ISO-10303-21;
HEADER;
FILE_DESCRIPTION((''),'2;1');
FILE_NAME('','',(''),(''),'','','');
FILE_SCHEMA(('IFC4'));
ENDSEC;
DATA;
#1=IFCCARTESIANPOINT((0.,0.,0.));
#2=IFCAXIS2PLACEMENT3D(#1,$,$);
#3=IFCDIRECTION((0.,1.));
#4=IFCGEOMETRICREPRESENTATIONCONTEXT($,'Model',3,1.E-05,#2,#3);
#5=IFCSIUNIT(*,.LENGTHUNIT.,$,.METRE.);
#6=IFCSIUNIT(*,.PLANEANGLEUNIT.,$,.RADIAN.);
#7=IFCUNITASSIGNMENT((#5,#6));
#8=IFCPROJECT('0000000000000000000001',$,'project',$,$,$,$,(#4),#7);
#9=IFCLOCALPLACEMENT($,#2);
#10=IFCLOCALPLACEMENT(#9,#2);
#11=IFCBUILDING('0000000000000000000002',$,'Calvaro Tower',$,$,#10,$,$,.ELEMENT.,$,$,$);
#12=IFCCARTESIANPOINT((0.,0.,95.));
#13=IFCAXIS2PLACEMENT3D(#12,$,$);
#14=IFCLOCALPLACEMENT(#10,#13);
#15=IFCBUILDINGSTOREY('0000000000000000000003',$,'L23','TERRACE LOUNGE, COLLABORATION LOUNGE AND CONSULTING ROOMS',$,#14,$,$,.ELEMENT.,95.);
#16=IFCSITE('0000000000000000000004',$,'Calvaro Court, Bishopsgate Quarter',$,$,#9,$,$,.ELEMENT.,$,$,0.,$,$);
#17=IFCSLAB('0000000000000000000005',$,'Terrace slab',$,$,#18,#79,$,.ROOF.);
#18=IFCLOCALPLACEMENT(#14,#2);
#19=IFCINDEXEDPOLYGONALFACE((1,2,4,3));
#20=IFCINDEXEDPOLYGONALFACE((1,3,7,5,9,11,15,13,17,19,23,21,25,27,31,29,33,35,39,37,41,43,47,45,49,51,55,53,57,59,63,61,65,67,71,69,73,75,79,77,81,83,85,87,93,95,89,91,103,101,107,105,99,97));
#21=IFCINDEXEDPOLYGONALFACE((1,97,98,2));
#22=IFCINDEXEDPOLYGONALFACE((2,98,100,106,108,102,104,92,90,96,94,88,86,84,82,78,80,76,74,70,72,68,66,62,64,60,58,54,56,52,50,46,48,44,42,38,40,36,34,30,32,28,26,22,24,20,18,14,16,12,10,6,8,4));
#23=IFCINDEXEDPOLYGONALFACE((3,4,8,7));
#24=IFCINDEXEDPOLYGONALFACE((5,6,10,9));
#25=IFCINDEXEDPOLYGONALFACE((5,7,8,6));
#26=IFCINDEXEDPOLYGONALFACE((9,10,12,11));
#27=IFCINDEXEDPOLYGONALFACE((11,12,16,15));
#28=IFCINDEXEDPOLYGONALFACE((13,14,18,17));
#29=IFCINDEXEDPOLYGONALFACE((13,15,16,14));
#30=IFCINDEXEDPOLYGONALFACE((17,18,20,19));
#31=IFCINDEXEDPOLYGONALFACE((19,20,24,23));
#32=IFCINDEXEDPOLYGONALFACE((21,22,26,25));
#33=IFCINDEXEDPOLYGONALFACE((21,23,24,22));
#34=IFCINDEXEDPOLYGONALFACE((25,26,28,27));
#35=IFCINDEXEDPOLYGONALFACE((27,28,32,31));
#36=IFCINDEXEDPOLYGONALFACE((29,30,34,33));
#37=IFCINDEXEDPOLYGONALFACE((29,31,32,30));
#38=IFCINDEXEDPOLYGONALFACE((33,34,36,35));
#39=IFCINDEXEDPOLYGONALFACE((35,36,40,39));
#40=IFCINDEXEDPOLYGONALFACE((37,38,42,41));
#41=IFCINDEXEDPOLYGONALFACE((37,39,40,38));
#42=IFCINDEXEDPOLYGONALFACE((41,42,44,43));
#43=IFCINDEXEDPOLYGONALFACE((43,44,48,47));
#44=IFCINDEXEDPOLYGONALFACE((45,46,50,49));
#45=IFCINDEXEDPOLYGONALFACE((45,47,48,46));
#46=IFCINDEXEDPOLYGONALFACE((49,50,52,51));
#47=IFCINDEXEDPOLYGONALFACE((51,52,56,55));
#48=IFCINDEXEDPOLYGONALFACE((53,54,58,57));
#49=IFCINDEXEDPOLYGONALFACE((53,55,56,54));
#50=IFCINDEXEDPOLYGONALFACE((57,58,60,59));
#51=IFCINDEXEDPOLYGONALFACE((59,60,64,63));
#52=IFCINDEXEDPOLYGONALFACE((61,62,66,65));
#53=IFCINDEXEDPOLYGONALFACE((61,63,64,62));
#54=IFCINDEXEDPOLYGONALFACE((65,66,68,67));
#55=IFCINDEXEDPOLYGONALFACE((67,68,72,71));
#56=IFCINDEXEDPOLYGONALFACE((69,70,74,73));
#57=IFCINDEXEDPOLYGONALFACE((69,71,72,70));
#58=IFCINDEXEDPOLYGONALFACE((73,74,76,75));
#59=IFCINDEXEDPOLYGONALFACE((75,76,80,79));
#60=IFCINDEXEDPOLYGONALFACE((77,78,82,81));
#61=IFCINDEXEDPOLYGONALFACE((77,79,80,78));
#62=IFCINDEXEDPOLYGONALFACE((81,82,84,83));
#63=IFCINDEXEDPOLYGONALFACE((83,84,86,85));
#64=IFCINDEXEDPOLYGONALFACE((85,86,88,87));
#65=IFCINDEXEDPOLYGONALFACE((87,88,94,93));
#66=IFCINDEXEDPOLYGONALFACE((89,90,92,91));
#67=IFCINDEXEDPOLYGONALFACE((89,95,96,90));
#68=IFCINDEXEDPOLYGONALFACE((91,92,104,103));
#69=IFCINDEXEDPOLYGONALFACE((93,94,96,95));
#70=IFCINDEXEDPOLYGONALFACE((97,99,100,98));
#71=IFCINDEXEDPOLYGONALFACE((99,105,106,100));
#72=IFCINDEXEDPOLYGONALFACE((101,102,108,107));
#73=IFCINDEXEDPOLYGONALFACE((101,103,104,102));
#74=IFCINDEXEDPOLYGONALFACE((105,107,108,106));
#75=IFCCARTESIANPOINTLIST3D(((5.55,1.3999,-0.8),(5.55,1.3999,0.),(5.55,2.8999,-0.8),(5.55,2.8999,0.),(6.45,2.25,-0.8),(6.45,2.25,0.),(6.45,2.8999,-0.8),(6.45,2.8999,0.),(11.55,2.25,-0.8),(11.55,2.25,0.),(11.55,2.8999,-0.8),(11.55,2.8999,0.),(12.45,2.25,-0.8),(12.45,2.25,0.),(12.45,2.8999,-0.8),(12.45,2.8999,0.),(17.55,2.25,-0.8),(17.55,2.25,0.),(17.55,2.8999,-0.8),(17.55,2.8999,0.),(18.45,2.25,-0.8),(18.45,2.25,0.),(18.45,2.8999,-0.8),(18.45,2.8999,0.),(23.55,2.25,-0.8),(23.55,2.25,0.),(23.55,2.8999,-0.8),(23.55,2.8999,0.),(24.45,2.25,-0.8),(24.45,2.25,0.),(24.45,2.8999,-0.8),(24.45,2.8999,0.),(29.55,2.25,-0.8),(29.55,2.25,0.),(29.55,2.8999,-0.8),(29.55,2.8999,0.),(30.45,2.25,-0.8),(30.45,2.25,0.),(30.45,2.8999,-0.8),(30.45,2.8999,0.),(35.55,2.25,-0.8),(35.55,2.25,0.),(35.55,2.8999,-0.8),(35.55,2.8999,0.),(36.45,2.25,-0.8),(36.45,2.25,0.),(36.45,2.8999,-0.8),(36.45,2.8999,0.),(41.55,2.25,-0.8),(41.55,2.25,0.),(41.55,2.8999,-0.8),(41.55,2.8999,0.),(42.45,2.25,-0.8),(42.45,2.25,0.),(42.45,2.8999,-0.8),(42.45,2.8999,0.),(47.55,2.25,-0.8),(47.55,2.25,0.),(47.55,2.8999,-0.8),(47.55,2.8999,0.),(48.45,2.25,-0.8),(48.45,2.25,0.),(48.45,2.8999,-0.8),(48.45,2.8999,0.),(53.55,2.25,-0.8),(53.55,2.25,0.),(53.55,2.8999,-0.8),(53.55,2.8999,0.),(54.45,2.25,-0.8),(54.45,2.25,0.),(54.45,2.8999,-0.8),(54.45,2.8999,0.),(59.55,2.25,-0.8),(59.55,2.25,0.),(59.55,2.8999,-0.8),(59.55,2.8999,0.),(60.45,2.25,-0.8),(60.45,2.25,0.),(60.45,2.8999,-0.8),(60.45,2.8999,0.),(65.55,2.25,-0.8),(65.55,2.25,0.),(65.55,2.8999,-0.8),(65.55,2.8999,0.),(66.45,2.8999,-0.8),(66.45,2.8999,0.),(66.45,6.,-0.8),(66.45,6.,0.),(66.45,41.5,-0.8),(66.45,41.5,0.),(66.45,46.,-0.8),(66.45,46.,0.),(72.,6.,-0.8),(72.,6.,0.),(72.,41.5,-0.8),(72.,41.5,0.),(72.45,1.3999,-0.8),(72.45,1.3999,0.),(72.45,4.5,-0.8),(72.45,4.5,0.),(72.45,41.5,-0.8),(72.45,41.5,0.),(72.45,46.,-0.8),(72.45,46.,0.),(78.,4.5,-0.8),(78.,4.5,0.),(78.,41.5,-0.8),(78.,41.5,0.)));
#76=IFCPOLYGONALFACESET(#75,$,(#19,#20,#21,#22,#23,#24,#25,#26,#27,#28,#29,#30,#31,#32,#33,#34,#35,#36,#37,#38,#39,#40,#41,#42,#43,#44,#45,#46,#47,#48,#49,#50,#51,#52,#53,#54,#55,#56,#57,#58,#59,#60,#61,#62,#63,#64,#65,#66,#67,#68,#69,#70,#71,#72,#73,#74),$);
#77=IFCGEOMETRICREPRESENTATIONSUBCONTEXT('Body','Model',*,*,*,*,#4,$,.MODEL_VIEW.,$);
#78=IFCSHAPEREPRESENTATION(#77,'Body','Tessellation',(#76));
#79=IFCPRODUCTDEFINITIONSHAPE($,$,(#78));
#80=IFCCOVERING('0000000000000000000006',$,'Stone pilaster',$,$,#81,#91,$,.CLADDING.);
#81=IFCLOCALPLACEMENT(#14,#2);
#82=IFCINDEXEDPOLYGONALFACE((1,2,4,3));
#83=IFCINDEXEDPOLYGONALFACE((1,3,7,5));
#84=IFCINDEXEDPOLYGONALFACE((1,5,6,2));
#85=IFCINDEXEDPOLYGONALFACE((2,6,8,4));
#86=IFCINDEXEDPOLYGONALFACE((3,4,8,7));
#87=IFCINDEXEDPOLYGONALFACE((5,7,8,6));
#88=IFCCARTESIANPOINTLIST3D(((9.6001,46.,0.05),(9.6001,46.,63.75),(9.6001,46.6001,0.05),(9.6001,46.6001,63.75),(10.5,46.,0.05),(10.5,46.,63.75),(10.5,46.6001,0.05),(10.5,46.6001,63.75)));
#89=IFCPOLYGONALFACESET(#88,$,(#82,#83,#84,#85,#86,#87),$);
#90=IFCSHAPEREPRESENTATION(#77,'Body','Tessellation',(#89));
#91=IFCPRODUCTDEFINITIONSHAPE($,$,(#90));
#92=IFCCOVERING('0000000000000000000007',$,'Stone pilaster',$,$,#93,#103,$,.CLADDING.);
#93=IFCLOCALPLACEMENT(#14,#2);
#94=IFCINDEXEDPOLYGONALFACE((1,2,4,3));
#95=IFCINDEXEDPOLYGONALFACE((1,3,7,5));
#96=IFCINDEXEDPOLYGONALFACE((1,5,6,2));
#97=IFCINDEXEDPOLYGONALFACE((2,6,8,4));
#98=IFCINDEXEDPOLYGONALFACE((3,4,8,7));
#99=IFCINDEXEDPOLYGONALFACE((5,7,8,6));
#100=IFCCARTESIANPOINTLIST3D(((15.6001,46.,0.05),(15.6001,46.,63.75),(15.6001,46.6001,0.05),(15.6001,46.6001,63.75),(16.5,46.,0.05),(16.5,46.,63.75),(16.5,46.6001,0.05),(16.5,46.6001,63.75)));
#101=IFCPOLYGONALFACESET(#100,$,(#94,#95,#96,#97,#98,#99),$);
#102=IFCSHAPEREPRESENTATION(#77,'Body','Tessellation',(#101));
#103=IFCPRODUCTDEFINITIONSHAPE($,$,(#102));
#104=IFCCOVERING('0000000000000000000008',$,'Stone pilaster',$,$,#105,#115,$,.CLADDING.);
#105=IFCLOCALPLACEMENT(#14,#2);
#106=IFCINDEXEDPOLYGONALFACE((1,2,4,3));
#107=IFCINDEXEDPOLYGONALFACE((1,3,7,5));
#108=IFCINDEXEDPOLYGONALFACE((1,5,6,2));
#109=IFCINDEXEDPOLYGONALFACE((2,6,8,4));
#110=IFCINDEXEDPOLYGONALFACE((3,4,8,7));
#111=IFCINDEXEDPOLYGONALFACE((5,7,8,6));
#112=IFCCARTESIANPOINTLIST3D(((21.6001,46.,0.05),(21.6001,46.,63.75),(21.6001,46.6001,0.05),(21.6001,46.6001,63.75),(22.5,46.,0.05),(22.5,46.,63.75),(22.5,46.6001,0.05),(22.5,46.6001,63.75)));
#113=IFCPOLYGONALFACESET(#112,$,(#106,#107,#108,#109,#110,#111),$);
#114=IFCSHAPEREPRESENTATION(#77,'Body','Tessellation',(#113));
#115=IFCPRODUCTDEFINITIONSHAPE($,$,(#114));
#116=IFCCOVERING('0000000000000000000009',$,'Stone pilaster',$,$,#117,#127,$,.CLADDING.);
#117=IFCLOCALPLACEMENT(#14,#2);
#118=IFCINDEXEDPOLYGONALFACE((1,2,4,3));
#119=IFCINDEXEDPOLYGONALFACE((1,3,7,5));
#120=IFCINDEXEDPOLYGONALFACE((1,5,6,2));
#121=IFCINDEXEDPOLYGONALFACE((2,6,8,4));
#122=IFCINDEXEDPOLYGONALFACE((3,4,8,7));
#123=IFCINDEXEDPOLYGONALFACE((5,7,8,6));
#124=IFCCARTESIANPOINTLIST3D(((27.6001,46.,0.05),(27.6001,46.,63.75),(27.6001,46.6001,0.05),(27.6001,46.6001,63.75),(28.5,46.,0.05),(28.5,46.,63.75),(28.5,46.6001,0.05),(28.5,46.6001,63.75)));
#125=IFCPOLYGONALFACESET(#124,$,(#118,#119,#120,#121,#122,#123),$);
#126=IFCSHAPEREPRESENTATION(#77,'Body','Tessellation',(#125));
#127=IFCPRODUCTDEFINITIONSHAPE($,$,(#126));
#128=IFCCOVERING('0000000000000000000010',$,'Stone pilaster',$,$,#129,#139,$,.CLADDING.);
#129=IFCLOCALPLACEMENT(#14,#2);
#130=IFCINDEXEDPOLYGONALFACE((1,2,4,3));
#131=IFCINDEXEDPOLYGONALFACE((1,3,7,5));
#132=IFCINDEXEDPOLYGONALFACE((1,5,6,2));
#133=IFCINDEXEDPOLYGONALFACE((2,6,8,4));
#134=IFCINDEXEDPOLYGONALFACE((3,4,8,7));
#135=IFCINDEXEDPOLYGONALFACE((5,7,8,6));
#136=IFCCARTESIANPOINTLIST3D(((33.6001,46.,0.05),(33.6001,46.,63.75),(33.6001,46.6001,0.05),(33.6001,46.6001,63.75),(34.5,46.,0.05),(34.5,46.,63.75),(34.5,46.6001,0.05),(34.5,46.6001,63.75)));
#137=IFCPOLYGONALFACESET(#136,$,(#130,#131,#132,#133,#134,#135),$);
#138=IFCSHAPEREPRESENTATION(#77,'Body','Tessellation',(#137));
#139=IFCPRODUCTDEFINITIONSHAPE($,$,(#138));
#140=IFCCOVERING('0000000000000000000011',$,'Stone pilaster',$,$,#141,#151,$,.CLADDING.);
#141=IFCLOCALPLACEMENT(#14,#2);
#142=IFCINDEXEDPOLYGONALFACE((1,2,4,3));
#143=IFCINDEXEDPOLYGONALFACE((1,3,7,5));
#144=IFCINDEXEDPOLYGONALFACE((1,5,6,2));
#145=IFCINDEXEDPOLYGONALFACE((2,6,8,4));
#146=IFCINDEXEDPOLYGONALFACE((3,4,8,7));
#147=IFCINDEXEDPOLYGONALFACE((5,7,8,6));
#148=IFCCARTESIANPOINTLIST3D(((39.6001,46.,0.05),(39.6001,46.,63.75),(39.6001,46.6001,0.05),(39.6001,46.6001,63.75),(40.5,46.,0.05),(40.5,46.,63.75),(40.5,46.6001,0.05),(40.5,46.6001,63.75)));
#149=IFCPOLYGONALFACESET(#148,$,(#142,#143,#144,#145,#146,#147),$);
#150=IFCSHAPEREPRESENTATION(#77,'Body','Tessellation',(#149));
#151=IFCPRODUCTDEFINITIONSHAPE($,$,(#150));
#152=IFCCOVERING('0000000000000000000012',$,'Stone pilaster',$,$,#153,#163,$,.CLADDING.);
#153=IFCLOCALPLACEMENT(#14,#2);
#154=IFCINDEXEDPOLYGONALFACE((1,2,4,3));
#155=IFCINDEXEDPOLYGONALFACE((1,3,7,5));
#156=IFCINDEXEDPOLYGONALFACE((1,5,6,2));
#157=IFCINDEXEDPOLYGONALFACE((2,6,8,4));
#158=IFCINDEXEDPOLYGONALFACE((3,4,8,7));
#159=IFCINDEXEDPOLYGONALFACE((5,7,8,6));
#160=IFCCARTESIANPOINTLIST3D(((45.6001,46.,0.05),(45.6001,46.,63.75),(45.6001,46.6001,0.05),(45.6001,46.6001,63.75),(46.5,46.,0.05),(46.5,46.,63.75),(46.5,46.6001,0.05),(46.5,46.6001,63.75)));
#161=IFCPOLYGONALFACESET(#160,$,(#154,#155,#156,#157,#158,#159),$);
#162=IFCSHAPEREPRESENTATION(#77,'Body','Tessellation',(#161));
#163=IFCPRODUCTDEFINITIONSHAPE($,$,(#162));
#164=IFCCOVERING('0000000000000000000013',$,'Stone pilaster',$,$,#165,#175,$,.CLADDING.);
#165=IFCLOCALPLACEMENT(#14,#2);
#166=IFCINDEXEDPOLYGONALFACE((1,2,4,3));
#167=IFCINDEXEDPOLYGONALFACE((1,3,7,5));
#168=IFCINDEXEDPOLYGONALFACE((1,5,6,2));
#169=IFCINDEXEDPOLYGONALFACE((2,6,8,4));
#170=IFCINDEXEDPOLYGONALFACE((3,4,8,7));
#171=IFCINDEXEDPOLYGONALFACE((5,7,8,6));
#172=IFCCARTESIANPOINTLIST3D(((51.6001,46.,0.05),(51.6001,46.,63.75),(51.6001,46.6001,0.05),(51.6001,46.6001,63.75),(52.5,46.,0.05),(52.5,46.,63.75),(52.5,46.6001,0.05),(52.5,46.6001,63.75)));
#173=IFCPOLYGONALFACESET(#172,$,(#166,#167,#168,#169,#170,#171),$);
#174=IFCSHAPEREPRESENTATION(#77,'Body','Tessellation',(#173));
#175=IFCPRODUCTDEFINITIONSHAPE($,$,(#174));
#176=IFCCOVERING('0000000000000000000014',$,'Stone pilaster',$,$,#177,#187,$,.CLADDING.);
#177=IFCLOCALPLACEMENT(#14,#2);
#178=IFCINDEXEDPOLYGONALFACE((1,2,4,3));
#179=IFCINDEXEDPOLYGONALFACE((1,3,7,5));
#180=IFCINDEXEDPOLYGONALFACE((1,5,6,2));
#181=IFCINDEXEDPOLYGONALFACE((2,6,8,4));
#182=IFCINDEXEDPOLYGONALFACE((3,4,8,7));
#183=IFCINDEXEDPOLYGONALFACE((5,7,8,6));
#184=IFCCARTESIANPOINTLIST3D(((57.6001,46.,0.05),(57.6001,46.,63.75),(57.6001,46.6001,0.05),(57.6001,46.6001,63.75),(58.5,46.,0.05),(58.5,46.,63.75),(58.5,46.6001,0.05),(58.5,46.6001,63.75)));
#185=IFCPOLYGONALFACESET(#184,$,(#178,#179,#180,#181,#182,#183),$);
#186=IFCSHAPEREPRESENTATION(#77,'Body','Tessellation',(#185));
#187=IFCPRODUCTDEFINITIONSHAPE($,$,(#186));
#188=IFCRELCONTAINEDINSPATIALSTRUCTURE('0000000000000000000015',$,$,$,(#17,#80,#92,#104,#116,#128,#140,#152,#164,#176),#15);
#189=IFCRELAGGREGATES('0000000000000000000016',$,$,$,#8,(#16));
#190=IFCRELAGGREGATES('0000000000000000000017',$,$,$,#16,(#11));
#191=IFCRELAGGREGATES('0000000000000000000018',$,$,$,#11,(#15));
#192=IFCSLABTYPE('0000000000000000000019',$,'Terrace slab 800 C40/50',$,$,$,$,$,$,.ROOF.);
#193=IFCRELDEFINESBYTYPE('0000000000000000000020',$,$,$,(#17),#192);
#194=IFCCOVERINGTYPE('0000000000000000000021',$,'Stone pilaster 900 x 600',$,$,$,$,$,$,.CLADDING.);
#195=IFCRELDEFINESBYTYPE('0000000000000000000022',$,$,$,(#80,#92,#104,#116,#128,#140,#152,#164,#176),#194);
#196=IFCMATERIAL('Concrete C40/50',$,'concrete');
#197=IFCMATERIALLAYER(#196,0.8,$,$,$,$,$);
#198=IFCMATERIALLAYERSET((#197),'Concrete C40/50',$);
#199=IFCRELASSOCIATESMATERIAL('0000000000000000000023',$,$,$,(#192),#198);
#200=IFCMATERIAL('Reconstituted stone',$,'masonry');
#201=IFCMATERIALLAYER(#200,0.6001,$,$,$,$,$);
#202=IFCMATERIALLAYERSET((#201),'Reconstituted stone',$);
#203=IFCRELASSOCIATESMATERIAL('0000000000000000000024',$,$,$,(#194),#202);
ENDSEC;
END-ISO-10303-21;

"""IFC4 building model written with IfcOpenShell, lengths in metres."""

from ifc_helpers import new_model, si_unit, direction, frame, origin, place, context, subcontext, project, spatial, polyline, outline, extrude, material, layer, layer_set, type_object, element, save


model = new_model("IFC4")

# Units and contexts
model_context = context("Model", 3, precision=1e-05, world=origin(), true_north=direction((0.0, 1.0)))
body_context = subcontext(model_context, "Body", "Model", "MODEL_VIEW")
ifc_project = project(units=[si_unit("LENGTHUNIT", "METRE"), si_unit("PLANEANGLEUNIT", "RADIAN")], contexts=[model_context])

# Site, building, storey
site_placement = place(None, origin())
site = spatial("IfcSite", under=ifc_project, at=site_placement, Name="Calvaro Court, Bishopsgate Quarter", CompositionType="ELEMENT", RefElevation=0.0)
building_placement = place(site_placement, origin())
building = spatial("IfcBuilding", under=site, at=building_placement, Name="Calvaro Tower", CompositionType="ELEMENT")
storey_placement = place(building_placement, frame((0.0, 0.0, 95.0)))
storey = spatial("IfcBuildingStorey", under=building, at=storey_placement, Name="L23", Description="TERRACE LOUNGE, COLLABORATION LOUNGE AND CONSULTING ROOMS", CompositionType="ELEMENT", Elevation=95.0)

# Slab
ifc_material_1 = material(Name="Concrete C40/50", Category="concrete")
ifc_layer_1 = layer(ifc_material_1, 0.8)
ifc_layer_set_1 = layer_set([ifc_layer_1], Name="Concrete C40/50")
slab_type_1 = type_object("IfcSlabType", Name="Terrace slab 800 C40/50", PredefinedType="ROOF", material=ifc_layer_set_1)
slab_1_placement = place(storey_placement, frame((0.0, 0.0, -0.8)))
element("IfcSlab", 1, at=slab_1_placement, inside=storey, type_object=slab_type_1, Name="Terrace slab", PredefinedType="ROOF", context=body_context, shape_type="SweptSolid", body=[
    extrude(outline(polyline([(5.55, 1.3999), (5.55, 2.8999), (6.45, 2.8999), (6.45, 2.25), (11.55, 2.25), (11.55, 2.8999), (12.45, 2.8999), (12.45, 2.25), (17.55, 2.25), (17.55, 2.8999), (18.45, 2.8999), (18.45, 2.25), (23.55, 2.25), (23.55, 2.8999), (24.45, 2.8999), (24.45, 2.25), (29.55, 2.25), (29.55, 2.8999), (30.45, 2.8999), (30.45, 2.25), (35.55, 2.25), (35.55, 2.8999), (36.45, 2.8999), (36.45, 2.25), (41.55, 2.25), (41.55, 2.8999), (42.45, 2.8999), (42.45, 2.25), (47.55, 2.25), (47.55, 2.8999), (48.45, 2.8999), (48.45, 2.25), (53.55, 2.25), (53.55, 2.8999), (54.45, 2.8999), (54.45, 2.25), (59.55, 2.25), (59.55, 2.8999), (60.45, 2.8999), (60.45, 2.25), (65.55, 2.25), (65.55, 2.8999), (66.45, 2.8999), (66.45, 6.0), (72.0, 6.0), (72.0, 41.5), (66.45, 41.5), (66.45, 46.0), (72.45, 46.0), (72.45, 41.5), (78.0, 41.5), (78.0, 4.5), (72.45, 4.5), (72.45, 1.3999), (5.55, 1.3999)])), origin(), (0.0, 0.0, 1.0), 0.8),
])

# Coverings
ifc_material_2 = material(Name="Reconstituted stone", Category="masonry")
ifc_layer_2 = layer(ifc_material_2, 0.6001)
ifc_layer_set_2 = layer_set([ifc_layer_2], Name="Reconstituted stone")
covering_type_1 = type_object("IfcCoveringType", Name="Stone pilaster 900 x 600", PredefinedType="CLADDING", material=ifc_layer_set_2)
covering_1_placement = place(storey_placement, frame((0.0, 0.0, 0.05)))
element("IfcCovering", 2, at=covering_1_placement, inside=storey, type_object=covering_type_1, Name="Stone pilaster", PredefinedType="CLADDING", context=body_context, shape_type="SweptSolid", body=[
    extrude(outline(polyline([(9.6001, 46.0), (10.5, 46.0), (10.5, 46.6001), (9.6001, 46.6001), (9.6001, 46.0)])), origin(), (0.0, 0.0, 1.0), 63.7),
])
covering_2_placement = place(storey_placement, frame((0.0, 0.0, 0.05)))
element("IfcCovering", 3, at=covering_2_placement, inside=storey, type_object=covering_type_1, Name="Stone pilaster", PredefinedType="CLADDING", context=body_context, shape_type="SweptSolid", body=[
    extrude(outline(polyline([(15.6001, 46.0), (16.5, 46.0), (16.5, 46.6001), (15.6001, 46.6001), (15.6001, 46.0)])), origin(), (0.0, 0.0, 1.0), 63.7),
])
covering_3_placement = place(storey_placement, frame((0.0, 0.0, 0.05)))
element("IfcCovering", 4, at=covering_3_placement, inside=storey, type_object=covering_type_1, Name="Stone pilaster", PredefinedType="CLADDING", context=body_context, shape_type="SweptSolid", body=[
    extrude(outline(polyline([(21.6001, 46.0), (22.5, 46.0), (22.5, 46.6001), (21.6001, 46.6001), (21.6001, 46.0)])), origin(), (0.0, 0.0, 1.0), 63.7),
])
covering_4_placement = place(storey_placement, frame((0.0, 0.0, 0.05)))
element("IfcCovering", 5, at=covering_4_placement, inside=storey, type_object=covering_type_1, Name="Stone pilaster", PredefinedType="CLADDING", context=body_context, shape_type="SweptSolid", body=[
    extrude(outline(polyline([(27.6001, 46.0), (28.5, 46.0), (28.5, 46.6001), (27.6001, 46.6001), (27.6001, 46.0)])), origin(), (0.0, 0.0, 1.0), 63.7),
])
covering_5_placement = place(storey_placement, frame((0.0, 0.0, 0.05)))
element("IfcCovering", 6, at=covering_5_placement, inside=storey, type_object=covering_type_1, Name="Stone pilaster", PredefinedType="CLADDING", context=body_context, shape_type="SweptSolid", body=[
    extrude(outline(polyline([(33.6001, 46.0), (34.5, 46.0), (34.5, 46.6001), (33.6001, 46.6001), (33.6001, 46.0)])), origin(), (0.0, 0.0, 1.0), 63.7),
])
covering_6_placement = place(storey_placement, frame((0.0, 0.0, 0.05)))
element("IfcCovering", 7, at=covering_6_placement, inside=storey, type_object=covering_type_1, Name="Stone pilaster", PredefinedType="CLADDING", context=body_context, shape_type="SweptSolid", body=[
    extrude(outline(polyline([(39.6001, 46.0), (40.5, 46.0), (40.5, 46.6001), (39.6001, 46.6001), (39.6001, 46.0)])), origin(), (0.0, 0.0, 1.0), 63.7),
])
covering_7_placement = place(storey_placement, frame((0.0, 0.0, 0.05)))
element("IfcCovering", 8, at=covering_7_placement, inside=storey, type_object=covering_type_1, Name="Stone pilaster", PredefinedType="CLADDING", context=body_context, shape_type="SweptSolid", body=[
    extrude(outline(polyline([(45.6001, 46.0), (46.5, 46.0), (46.5, 46.6001), (45.6001, 46.6001), (45.6001, 46.0)])), origin(), (0.0, 0.0, 1.0), 63.7),
])
covering_8_placement = place(storey_placement, frame((0.0, 0.0, 0.05)))
element("IfcCovering", 9, at=covering_8_placement, inside=storey, type_object=covering_type_1, Name="Stone pilaster", PredefinedType="CLADDING", context=body_context, shape_type="SweptSolid", body=[
    extrude(outline(polyline([(51.6001, 46.0), (52.5, 46.0), (52.5, 46.6001), (51.6001, 46.6001), (51.6001, 46.0)])), origin(), (0.0, 0.0, 1.0), 63.7),
])
covering_9_placement = place(storey_placement, frame((0.0, 0.0, 0.05)))
element("IfcCovering", 10, at=covering_9_placement, inside=storey, type_object=covering_type_1, Name="Stone pilaster", PredefinedType="CLADDING", context=body_context, shape_type="SweptSolid", body=[
    extrude(outline(polyline([(57.6001, 46.0), (58.5, 46.0), (58.5, 46.6001), (57.6001, 46.6001), (57.6001, 46.0)])), origin(), (0.0, 0.0, 1.0), 63.7),
])

save(model, "model.ifc")
